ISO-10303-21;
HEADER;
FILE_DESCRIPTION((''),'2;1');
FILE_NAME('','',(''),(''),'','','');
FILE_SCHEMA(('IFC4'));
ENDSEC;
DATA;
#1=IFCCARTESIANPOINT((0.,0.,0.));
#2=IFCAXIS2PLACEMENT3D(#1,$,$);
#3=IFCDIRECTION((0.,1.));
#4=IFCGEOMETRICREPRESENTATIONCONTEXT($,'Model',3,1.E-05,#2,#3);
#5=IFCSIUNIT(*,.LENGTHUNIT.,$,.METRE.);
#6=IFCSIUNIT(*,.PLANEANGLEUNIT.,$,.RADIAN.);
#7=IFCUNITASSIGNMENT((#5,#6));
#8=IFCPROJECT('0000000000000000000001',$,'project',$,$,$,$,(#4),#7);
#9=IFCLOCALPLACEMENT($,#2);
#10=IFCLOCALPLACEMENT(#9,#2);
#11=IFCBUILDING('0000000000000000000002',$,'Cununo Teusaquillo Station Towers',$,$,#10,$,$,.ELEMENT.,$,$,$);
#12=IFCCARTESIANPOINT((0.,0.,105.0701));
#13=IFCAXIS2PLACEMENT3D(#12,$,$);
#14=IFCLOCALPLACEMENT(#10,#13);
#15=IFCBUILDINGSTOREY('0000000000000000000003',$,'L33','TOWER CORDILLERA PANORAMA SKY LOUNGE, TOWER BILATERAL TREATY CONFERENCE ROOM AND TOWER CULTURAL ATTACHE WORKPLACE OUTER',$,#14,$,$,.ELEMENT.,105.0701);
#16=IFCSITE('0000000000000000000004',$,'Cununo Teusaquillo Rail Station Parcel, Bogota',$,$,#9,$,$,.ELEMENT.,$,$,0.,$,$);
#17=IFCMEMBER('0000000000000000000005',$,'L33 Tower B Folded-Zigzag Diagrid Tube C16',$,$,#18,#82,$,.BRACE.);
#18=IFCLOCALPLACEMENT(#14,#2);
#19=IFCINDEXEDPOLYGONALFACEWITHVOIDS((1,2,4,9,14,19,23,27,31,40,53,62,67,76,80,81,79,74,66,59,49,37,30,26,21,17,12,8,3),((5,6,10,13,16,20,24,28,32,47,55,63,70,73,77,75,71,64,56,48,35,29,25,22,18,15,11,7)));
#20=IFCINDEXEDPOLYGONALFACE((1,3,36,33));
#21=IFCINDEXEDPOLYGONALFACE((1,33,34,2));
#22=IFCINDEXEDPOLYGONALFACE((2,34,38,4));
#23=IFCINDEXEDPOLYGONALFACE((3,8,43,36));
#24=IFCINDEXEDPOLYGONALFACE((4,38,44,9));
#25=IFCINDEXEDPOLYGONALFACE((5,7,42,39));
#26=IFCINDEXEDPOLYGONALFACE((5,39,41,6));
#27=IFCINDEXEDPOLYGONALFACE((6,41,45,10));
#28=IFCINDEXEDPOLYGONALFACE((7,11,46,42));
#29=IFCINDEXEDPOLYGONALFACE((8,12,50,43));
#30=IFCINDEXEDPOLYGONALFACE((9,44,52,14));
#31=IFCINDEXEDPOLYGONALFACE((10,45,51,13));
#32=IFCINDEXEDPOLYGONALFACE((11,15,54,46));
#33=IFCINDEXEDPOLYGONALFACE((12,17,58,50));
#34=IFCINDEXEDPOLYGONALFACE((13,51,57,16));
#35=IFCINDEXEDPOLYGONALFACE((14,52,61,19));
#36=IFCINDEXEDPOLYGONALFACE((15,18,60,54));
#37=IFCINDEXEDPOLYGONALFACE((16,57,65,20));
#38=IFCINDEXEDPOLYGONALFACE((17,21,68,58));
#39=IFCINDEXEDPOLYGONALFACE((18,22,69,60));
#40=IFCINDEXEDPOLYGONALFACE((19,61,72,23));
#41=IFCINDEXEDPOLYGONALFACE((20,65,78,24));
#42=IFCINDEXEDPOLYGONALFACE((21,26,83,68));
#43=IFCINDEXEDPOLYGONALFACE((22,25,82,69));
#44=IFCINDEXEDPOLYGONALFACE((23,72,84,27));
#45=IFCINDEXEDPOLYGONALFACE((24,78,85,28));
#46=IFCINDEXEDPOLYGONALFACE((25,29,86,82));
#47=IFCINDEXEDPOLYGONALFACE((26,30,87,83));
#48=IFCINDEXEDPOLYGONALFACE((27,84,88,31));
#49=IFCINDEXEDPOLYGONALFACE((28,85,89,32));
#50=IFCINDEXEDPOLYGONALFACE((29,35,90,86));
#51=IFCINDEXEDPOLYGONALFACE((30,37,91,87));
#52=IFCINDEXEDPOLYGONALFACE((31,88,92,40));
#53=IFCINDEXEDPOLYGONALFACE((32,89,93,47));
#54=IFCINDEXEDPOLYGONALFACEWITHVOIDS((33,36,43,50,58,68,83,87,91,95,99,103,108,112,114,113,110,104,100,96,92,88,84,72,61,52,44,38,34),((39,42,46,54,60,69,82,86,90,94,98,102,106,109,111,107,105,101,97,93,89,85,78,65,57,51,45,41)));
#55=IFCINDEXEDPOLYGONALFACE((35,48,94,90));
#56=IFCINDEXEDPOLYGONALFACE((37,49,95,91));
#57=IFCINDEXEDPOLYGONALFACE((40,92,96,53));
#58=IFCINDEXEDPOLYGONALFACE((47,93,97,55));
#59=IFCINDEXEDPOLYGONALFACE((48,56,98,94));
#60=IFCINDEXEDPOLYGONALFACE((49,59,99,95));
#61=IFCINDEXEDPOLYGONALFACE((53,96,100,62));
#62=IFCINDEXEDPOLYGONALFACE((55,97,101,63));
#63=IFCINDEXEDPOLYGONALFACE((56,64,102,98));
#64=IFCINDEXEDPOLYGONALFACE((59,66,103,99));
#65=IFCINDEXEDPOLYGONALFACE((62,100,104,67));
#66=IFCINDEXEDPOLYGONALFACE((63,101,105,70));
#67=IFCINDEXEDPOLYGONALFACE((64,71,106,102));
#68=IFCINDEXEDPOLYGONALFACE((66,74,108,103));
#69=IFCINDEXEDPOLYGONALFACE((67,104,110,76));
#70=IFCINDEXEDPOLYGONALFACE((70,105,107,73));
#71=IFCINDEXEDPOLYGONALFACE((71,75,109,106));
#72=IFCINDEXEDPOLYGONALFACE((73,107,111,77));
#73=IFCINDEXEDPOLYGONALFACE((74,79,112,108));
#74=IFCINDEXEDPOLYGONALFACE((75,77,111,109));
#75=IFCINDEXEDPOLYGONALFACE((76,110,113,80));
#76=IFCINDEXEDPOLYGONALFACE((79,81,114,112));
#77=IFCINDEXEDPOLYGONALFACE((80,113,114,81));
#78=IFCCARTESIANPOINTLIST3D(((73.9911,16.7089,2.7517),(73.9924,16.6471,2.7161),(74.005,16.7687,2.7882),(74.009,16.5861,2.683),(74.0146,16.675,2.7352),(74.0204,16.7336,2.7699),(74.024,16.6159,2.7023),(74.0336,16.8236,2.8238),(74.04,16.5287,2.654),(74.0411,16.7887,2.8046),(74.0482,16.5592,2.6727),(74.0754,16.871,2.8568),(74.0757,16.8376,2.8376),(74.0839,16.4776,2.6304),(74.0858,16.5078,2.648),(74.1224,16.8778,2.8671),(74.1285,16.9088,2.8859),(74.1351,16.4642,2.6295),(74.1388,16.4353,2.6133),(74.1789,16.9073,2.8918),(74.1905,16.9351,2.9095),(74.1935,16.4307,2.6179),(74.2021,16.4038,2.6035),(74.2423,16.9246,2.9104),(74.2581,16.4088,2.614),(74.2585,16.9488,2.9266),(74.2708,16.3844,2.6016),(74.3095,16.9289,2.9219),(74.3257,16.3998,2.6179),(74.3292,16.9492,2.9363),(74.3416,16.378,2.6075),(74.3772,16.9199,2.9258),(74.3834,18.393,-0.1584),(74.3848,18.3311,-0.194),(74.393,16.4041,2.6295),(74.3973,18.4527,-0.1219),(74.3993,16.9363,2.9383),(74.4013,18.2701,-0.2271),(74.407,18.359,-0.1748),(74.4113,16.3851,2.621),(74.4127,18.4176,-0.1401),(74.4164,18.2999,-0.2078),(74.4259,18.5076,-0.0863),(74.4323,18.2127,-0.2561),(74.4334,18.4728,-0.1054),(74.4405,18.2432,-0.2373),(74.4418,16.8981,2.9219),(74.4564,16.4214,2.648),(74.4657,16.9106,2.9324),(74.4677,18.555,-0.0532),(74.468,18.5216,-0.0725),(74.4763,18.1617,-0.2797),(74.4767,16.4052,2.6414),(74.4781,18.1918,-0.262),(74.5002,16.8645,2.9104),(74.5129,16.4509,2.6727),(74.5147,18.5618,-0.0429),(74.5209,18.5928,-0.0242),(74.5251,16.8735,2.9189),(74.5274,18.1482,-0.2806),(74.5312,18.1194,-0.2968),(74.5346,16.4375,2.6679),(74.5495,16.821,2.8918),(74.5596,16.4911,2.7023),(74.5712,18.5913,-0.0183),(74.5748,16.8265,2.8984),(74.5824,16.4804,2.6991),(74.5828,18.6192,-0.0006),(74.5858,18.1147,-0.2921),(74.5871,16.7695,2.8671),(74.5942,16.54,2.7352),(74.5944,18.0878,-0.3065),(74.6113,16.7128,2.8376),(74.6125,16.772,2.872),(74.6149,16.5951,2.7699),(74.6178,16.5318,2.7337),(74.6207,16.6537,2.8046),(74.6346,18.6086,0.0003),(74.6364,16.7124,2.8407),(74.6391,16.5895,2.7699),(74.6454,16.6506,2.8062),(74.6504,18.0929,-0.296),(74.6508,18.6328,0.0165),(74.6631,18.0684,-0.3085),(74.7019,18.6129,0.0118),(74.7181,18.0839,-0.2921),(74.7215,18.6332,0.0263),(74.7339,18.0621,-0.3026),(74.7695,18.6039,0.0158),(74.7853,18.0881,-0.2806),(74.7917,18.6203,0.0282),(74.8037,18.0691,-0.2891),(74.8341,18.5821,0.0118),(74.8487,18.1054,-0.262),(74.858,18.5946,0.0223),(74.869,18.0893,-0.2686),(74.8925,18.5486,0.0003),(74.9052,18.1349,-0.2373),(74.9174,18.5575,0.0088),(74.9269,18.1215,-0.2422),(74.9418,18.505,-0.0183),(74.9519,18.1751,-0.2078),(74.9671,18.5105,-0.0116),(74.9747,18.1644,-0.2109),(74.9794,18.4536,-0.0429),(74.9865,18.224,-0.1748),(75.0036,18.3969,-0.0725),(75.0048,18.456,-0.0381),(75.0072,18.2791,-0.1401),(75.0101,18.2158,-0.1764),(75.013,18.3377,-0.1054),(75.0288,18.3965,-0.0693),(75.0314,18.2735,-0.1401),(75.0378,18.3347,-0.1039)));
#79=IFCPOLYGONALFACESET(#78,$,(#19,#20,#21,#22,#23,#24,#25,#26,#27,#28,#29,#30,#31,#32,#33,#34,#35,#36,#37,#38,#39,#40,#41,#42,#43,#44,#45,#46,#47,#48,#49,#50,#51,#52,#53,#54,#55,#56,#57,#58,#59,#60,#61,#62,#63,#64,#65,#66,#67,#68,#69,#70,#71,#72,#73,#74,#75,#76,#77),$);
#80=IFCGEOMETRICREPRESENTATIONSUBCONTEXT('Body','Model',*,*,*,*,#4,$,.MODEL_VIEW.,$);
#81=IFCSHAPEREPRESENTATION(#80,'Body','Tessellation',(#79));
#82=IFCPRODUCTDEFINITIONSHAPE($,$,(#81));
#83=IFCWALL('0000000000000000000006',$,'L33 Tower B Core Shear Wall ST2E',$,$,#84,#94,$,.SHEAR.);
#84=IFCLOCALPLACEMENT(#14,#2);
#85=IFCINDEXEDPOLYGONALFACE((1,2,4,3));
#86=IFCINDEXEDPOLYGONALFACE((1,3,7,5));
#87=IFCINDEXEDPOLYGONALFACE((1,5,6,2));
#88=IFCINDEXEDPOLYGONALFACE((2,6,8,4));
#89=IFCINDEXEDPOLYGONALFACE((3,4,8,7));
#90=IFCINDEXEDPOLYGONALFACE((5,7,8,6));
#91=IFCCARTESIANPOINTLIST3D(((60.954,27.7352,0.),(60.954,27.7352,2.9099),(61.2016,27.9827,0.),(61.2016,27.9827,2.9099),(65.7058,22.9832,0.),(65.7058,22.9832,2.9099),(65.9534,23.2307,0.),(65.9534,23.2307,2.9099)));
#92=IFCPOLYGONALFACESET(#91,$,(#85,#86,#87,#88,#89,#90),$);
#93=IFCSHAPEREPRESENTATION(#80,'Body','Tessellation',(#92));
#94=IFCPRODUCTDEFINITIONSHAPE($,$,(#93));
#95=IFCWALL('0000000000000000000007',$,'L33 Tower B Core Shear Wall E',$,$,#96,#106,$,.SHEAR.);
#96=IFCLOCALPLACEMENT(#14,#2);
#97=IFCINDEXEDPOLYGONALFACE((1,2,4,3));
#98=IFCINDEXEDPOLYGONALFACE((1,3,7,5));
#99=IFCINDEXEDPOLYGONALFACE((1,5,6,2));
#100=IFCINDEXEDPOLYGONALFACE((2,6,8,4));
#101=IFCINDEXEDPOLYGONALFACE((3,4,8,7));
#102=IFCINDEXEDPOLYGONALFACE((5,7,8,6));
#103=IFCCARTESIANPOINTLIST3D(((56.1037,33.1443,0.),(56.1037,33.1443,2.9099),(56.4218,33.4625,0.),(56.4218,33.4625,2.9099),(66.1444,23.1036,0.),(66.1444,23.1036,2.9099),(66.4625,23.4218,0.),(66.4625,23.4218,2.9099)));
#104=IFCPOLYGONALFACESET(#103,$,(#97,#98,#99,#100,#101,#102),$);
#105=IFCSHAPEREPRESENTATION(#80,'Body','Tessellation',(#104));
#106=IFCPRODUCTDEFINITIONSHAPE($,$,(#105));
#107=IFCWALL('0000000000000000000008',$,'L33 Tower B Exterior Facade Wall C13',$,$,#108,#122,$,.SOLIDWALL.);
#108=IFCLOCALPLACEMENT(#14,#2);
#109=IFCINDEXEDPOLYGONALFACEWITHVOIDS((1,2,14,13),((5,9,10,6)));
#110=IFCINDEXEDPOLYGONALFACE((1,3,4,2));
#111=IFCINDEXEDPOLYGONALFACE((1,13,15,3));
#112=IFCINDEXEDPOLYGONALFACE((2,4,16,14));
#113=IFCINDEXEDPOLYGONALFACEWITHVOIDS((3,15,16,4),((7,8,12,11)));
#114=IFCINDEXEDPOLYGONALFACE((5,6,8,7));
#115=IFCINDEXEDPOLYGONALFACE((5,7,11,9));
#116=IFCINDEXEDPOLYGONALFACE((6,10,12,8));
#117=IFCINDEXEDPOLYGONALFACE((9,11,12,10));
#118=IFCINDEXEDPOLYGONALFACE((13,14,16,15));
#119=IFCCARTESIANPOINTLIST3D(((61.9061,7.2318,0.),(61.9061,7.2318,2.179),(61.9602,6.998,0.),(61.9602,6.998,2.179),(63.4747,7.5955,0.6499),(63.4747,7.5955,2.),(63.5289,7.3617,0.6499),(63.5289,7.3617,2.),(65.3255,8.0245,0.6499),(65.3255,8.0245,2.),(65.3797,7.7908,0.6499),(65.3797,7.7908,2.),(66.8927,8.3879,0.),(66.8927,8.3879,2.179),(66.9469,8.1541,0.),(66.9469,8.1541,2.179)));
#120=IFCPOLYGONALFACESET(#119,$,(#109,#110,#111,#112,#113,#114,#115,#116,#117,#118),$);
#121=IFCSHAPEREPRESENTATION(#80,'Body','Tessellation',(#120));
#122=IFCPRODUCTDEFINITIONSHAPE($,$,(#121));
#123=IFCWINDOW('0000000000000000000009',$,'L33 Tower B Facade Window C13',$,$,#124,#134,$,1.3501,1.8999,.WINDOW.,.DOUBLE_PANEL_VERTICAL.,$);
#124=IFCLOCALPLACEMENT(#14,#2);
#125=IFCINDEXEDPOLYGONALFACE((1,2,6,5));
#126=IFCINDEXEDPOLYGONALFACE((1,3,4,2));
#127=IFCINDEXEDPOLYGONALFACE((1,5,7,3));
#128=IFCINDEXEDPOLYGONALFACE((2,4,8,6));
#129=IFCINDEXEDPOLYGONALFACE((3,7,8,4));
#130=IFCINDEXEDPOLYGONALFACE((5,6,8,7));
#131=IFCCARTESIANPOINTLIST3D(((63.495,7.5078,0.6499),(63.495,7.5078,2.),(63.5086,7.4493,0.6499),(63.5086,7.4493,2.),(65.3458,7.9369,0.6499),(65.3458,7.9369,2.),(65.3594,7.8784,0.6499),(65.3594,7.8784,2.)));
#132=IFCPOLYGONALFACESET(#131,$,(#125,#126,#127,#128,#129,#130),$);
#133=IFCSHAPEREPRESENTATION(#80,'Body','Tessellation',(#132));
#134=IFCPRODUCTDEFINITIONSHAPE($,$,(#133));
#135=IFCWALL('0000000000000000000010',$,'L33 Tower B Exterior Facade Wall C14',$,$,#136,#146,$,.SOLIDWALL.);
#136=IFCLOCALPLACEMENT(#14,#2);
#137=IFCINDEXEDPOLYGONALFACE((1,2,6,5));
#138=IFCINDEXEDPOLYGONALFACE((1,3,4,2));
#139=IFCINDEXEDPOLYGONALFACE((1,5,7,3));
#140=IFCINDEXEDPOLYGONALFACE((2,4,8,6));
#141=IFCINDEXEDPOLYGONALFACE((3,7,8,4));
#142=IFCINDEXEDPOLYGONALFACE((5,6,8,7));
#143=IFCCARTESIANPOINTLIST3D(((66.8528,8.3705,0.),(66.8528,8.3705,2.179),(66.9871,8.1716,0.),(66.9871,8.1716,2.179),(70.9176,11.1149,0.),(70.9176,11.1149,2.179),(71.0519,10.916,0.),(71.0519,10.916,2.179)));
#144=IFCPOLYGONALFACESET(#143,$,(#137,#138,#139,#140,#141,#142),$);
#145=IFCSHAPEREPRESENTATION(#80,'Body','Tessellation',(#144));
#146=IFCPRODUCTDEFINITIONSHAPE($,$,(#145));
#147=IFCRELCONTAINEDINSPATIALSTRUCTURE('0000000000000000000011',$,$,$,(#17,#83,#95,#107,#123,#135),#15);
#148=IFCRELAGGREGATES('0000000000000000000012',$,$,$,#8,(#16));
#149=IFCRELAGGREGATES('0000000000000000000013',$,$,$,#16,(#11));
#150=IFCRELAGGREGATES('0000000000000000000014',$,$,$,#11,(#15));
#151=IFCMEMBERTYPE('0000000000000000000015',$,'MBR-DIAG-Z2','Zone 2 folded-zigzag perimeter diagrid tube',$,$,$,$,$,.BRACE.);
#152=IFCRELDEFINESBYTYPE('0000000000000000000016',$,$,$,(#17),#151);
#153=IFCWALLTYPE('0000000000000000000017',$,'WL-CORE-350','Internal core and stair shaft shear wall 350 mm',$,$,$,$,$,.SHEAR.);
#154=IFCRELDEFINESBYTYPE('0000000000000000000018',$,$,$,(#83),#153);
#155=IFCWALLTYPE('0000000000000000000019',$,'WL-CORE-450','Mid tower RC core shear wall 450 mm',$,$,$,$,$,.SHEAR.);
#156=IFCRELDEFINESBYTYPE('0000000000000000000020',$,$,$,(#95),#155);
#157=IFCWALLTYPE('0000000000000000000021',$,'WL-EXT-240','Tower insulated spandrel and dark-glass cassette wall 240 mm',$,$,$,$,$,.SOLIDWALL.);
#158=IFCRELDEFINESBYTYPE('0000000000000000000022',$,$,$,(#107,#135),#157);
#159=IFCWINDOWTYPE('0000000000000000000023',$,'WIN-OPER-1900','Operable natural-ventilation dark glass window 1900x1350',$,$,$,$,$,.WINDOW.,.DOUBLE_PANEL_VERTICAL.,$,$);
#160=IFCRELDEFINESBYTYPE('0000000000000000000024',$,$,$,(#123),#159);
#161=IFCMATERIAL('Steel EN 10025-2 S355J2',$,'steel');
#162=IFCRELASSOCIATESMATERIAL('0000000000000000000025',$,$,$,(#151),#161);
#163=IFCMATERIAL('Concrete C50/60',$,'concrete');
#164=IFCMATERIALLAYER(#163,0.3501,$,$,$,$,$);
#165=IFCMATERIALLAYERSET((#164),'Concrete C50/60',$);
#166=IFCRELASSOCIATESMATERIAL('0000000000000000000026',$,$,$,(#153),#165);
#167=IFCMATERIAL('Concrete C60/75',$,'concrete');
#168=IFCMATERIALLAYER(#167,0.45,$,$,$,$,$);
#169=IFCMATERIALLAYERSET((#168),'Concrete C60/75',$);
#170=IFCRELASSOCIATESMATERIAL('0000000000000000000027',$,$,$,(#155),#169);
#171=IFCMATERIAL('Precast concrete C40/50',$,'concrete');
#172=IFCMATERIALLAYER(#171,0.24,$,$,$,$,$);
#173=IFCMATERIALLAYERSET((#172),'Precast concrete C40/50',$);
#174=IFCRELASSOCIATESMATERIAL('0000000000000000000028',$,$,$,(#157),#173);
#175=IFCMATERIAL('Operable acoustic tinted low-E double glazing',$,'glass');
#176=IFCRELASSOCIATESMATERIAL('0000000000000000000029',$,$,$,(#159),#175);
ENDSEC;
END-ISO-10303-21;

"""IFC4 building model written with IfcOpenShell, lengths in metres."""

from ifc_helpers import new_model, si_unit, direction, frame, frame_2d, origin, origin_2d, place, context, subcontext, project, spatial, rectangle, hollow_circle, extrude, source, transform, mapped, material, layer, layer_set, material_profile, profile_set, type_object, element, fill, save


model = new_model("IFC4")

# Units and contexts
model_context = context("Model", 3, precision=1e-05, world=origin(), true_north=direction((0.0, 1.0)))
body_context = subcontext(model_context, "Body", "Model", "MODEL_VIEW")
ifc_project = project(units=[si_unit("LENGTHUNIT", "METRE"), si_unit("PLANEANGLEUNIT", "RADIAN")], contexts=[model_context])

# Site, building, storey
site_placement = place(None, origin())
site = spatial("IfcSite", under=ifc_project, at=site_placement, Name="Cununo Teusaquillo Rail Station Parcel, Bogota", CompositionType="ELEMENT", RefElevation=0.0)
building_placement = place(site_placement, origin())
building = spatial("IfcBuilding", under=site, at=building_placement, Name="Cununo Teusaquillo Station Towers", CompositionType="ELEMENT")
storey_placement = place(building_placement, frame((0.0, 0.0, 105.0701)))
storey = spatial("IfcBuildingStorey", under=building, at=storey_placement, Name="L33", Description="TOWER CORDILLERA PANORAMA SKY LOUNGE, TOWER BILATERAL TREATY CONFERENCE ROOM AND TOWER CULTURAL ATTACHE WORKPLACE OUTER", CompositionType="ELEMENT", Elevation=105.0701)

# Member
ifc_material_1 = material(Name="Steel EN 10025-2 S355J2", Category="steel")
ifc_material_profile_1 = material_profile(ifc_material_1, hollow_circle(Radius=0.3301, WallThickness=0.0249, at=origin_2d()), Name="CHS 660x25")
ifc_profile_set_1 = profile_set([ifc_material_profile_1], Name="Steel EN 10025-2 S355J2")
member_type = type_object("IfcMemberType", Name="MBR-DIAG-Z2", Description="Zone 2 folded-zigzag perimeter diagrid tube", PredefinedType="BRACE", material=ifc_profile_set_1)
member_1_placement = place(storey_placement, frame((74.71, 18.3484, -0.1401), z_axis=(-0.115899, -0.497495, 0.85969), x_axis=(0.97392, -0.22689, 0.0)))
element("IfcMember", 1, at=member_1_placement, inside=storey, type_object=member_type, Name="L33 Tower B Folded-Zigzag Diagrid Tube C16", PredefinedType="BRACE", context=body_context, shape_type="SweptSolid", body=[
    extrude(hollow_circle(Radius=0.3301, WallThickness=0.0249, at=origin_2d()), origin(), (0.0, 0.0, 1.0), 3.385),
])

# Walls
ifc_material_2 = material(Name="Concrete C50/60", Category="concrete")
ifc_layer_1 = layer(ifc_material_2, 0.3501)
ifc_layer_set_1 = layer_set([ifc_layer_1], Name="Concrete C50/60")
wall_type_1 = type_object("IfcWallType", Name="WL-CORE-350", Description="Internal core and stair shaft shear wall 350 mm", PredefinedType="SHEAR", material=ifc_layer_set_1)
wall_1_placement = place(storey_placement, frame((65.8296, 23.1069, 0.0), z_axis=(0.0, 0.0, 1.0), x_axis=(-0.707089, 0.707125, 0.0)))
element("IfcWall", 2, at=wall_1_placement, inside=storey, type_object=wall_type_1, Name="L33 Tower B Core Shear Wall ST2E", PredefinedType="SHEAR", context=body_context, shape_type="SweptSolid", body=[
    extrude(rectangle(XDim=6.7202, YDim=0.3501, at=frame_2d((3.3601, 0.0))), origin(), (0.0, 0.0, 1.0), 2.9099),
])
ifc_material_3 = material(Name="Concrete C60/75", Category="concrete")
ifc_layer_2 = layer(ifc_material_3, 0.45)
ifc_layer_set_2 = layer_set([ifc_layer_2], Name="Concrete C60/75")
wall_type_2 = type_object("IfcWallType", Name="WL-CORE-450", Description="Mid tower RC core shear wall 450 mm", PredefinedType="SHEAR", material=ifc_layer_set_2)
wall_2_placement = place(storey_placement, frame((66.3035, 23.2627, 0.0), z_axis=(0.0, 0.0, 1.0), x_axis=(-0.707107, 0.707107, 0.0)))
element("IfcWall", 3, at=wall_2_placement, inside=storey, type_object=wall_type_2, Name="L33 Tower B Core Shear Wall E", PredefinedType="SHEAR", context=body_context, shape_type="SweptSolid", body=[
    extrude(rectangle(XDim=14.1997, YDim=0.45, at=frame_2d((7.0999, 0.0))), origin(), (0.0, 0.0, 1.0), 2.9099),
])

# Wall, opening, window
ifc_material_4 = material(Name="Precast concrete C40/50", Category="concrete")
ifc_layer_3 = layer(ifc_material_4, 0.24)
ifc_layer_set_3 = layer_set([ifc_layer_3], Name="Precast concrete C40/50")
wall_type_3 = type_object("IfcWallType", Name="WL-EXT-240", Description="Tower insulated spandrel and dark-glass cassette wall 240 mm", PredefinedType="SOLIDWALL", material=ifc_layer_set_3)
wall_3_placement = place(storey_placement, frame((66.9199, 8.271, 0.0), z_axis=(0.0, 0.0, 1.0), x_axis=(-0.974166, -0.225835, 0.0)))
wall_3 = element("IfcWall", 4, at=wall_3_placement, inside=storey, type_object=wall_type_3, Name="L33 Tower B Exterior Facade Wall C13", PredefinedType="SOLIDWALL", context=body_context, shape_type="SweptSolid", body=[
    extrude(rectangle(XDim=5.1189, YDim=0.24, at=frame_2d((2.5596, 0.0))), origin(), (0.0, 0.0, 1.0), 2.179),
])
shared_shape_1 = source(origin(), body_context, "Body", "SweptSolid", [
    extrude(rectangle(XDim=1.8999, YDim=1.3501, at=frame_2d((0.95, 0.675))), frame((0.0, 0.1299, 0.0), z_axis=(0.0, -1.0, 0.0), x_axis=(1.0, 0.0, 0.0)), (0.0, 0.0, 1.0), 0.26),
])
opening_1_placement = place(wall_3_placement, frame((1.6089, 0.0, 0.6499)))
opening_1 = element("IfcOpeningElement", 5, at=opening_1_placement, cuts=wall_3, PredefinedType="OPENING", context=body_context, shape_type="MappedRepresentation", body=[
    mapped(shared_shape_1, transform((0.0, 0.0, 0.0), x_axis=(1.0, 0.0, 0.0), y_axis=(0.0, 1.0, 0.0), z_axis=(0.0, 0.0, 1.0), scale=1.0)),
])
ifc_material_5 = material(Name="Operable acoustic tinted low-E double glazing", Category="glass")
window_type_1 = type_object("IfcWindowType", Name="WIN-OPER-1900", Description="Operable natural-ventilation dark glass window 1900x1350", PartitioningType="DOUBLE_PANEL_VERTICAL", PredefinedType="WINDOW", material=ifc_material_5)
shared_shape_2 = source(origin(), body_context, "Body", "SweptSolid", [
    extrude(rectangle(XDim=1.8999, YDim=1.3501, at=frame_2d((0.95, 0.675))), frame((0.0, 0.03, 0.0), z_axis=(0.0, -1.0, 0.0), x_axis=(1.0, 0.0, 0.0)), (0.0, 0.0, 1.0), 0.0601),
])
window_1_placement = place(opening_1_placement, origin())
window_1 = element("IfcWindow", 6, at=window_1_placement, inside=storey, type_object=window_type_1, Name="L33 Tower B Facade Window C13", OverallHeight=1.3501, OverallWidth=1.8999, PartitioningType="DOUBLE_PANEL_VERTICAL", PredefinedType="WINDOW", context=body_context, shape_type="MappedRepresentation", body=[
    mapped(shared_shape_2, transform((0.0, 0.0, 0.0), x_axis=(1.0, 0.0, 0.0), y_axis=(0.0, 1.0, 0.0), z_axis=(0.0, 0.0, 1.0), scale=1.0)),
])
fill(opening_1, window_1)

# Wall
wall_4_placement = place(storey_placement, frame((70.9846, 11.0154, 0.0), z_axis=(0.0, 0.0, 1.0), x_axis=(-0.828781, -0.559573, 0.0)))
element("IfcWall", 7, at=wall_4_placement, inside=storey, type_object=wall_type_3, Name="L33 Tower B Exterior Facade Wall C14", PredefinedType="SOLIDWALL", context=body_context, shape_type="SweptSolid", body=[
    extrude(rectangle(XDim=4.9045, YDim=0.24, at=frame_2d((2.4521, 0.0))), origin(), (0.0, 0.0, 1.0), 2.179),
])

save(model, "model.ifc")
